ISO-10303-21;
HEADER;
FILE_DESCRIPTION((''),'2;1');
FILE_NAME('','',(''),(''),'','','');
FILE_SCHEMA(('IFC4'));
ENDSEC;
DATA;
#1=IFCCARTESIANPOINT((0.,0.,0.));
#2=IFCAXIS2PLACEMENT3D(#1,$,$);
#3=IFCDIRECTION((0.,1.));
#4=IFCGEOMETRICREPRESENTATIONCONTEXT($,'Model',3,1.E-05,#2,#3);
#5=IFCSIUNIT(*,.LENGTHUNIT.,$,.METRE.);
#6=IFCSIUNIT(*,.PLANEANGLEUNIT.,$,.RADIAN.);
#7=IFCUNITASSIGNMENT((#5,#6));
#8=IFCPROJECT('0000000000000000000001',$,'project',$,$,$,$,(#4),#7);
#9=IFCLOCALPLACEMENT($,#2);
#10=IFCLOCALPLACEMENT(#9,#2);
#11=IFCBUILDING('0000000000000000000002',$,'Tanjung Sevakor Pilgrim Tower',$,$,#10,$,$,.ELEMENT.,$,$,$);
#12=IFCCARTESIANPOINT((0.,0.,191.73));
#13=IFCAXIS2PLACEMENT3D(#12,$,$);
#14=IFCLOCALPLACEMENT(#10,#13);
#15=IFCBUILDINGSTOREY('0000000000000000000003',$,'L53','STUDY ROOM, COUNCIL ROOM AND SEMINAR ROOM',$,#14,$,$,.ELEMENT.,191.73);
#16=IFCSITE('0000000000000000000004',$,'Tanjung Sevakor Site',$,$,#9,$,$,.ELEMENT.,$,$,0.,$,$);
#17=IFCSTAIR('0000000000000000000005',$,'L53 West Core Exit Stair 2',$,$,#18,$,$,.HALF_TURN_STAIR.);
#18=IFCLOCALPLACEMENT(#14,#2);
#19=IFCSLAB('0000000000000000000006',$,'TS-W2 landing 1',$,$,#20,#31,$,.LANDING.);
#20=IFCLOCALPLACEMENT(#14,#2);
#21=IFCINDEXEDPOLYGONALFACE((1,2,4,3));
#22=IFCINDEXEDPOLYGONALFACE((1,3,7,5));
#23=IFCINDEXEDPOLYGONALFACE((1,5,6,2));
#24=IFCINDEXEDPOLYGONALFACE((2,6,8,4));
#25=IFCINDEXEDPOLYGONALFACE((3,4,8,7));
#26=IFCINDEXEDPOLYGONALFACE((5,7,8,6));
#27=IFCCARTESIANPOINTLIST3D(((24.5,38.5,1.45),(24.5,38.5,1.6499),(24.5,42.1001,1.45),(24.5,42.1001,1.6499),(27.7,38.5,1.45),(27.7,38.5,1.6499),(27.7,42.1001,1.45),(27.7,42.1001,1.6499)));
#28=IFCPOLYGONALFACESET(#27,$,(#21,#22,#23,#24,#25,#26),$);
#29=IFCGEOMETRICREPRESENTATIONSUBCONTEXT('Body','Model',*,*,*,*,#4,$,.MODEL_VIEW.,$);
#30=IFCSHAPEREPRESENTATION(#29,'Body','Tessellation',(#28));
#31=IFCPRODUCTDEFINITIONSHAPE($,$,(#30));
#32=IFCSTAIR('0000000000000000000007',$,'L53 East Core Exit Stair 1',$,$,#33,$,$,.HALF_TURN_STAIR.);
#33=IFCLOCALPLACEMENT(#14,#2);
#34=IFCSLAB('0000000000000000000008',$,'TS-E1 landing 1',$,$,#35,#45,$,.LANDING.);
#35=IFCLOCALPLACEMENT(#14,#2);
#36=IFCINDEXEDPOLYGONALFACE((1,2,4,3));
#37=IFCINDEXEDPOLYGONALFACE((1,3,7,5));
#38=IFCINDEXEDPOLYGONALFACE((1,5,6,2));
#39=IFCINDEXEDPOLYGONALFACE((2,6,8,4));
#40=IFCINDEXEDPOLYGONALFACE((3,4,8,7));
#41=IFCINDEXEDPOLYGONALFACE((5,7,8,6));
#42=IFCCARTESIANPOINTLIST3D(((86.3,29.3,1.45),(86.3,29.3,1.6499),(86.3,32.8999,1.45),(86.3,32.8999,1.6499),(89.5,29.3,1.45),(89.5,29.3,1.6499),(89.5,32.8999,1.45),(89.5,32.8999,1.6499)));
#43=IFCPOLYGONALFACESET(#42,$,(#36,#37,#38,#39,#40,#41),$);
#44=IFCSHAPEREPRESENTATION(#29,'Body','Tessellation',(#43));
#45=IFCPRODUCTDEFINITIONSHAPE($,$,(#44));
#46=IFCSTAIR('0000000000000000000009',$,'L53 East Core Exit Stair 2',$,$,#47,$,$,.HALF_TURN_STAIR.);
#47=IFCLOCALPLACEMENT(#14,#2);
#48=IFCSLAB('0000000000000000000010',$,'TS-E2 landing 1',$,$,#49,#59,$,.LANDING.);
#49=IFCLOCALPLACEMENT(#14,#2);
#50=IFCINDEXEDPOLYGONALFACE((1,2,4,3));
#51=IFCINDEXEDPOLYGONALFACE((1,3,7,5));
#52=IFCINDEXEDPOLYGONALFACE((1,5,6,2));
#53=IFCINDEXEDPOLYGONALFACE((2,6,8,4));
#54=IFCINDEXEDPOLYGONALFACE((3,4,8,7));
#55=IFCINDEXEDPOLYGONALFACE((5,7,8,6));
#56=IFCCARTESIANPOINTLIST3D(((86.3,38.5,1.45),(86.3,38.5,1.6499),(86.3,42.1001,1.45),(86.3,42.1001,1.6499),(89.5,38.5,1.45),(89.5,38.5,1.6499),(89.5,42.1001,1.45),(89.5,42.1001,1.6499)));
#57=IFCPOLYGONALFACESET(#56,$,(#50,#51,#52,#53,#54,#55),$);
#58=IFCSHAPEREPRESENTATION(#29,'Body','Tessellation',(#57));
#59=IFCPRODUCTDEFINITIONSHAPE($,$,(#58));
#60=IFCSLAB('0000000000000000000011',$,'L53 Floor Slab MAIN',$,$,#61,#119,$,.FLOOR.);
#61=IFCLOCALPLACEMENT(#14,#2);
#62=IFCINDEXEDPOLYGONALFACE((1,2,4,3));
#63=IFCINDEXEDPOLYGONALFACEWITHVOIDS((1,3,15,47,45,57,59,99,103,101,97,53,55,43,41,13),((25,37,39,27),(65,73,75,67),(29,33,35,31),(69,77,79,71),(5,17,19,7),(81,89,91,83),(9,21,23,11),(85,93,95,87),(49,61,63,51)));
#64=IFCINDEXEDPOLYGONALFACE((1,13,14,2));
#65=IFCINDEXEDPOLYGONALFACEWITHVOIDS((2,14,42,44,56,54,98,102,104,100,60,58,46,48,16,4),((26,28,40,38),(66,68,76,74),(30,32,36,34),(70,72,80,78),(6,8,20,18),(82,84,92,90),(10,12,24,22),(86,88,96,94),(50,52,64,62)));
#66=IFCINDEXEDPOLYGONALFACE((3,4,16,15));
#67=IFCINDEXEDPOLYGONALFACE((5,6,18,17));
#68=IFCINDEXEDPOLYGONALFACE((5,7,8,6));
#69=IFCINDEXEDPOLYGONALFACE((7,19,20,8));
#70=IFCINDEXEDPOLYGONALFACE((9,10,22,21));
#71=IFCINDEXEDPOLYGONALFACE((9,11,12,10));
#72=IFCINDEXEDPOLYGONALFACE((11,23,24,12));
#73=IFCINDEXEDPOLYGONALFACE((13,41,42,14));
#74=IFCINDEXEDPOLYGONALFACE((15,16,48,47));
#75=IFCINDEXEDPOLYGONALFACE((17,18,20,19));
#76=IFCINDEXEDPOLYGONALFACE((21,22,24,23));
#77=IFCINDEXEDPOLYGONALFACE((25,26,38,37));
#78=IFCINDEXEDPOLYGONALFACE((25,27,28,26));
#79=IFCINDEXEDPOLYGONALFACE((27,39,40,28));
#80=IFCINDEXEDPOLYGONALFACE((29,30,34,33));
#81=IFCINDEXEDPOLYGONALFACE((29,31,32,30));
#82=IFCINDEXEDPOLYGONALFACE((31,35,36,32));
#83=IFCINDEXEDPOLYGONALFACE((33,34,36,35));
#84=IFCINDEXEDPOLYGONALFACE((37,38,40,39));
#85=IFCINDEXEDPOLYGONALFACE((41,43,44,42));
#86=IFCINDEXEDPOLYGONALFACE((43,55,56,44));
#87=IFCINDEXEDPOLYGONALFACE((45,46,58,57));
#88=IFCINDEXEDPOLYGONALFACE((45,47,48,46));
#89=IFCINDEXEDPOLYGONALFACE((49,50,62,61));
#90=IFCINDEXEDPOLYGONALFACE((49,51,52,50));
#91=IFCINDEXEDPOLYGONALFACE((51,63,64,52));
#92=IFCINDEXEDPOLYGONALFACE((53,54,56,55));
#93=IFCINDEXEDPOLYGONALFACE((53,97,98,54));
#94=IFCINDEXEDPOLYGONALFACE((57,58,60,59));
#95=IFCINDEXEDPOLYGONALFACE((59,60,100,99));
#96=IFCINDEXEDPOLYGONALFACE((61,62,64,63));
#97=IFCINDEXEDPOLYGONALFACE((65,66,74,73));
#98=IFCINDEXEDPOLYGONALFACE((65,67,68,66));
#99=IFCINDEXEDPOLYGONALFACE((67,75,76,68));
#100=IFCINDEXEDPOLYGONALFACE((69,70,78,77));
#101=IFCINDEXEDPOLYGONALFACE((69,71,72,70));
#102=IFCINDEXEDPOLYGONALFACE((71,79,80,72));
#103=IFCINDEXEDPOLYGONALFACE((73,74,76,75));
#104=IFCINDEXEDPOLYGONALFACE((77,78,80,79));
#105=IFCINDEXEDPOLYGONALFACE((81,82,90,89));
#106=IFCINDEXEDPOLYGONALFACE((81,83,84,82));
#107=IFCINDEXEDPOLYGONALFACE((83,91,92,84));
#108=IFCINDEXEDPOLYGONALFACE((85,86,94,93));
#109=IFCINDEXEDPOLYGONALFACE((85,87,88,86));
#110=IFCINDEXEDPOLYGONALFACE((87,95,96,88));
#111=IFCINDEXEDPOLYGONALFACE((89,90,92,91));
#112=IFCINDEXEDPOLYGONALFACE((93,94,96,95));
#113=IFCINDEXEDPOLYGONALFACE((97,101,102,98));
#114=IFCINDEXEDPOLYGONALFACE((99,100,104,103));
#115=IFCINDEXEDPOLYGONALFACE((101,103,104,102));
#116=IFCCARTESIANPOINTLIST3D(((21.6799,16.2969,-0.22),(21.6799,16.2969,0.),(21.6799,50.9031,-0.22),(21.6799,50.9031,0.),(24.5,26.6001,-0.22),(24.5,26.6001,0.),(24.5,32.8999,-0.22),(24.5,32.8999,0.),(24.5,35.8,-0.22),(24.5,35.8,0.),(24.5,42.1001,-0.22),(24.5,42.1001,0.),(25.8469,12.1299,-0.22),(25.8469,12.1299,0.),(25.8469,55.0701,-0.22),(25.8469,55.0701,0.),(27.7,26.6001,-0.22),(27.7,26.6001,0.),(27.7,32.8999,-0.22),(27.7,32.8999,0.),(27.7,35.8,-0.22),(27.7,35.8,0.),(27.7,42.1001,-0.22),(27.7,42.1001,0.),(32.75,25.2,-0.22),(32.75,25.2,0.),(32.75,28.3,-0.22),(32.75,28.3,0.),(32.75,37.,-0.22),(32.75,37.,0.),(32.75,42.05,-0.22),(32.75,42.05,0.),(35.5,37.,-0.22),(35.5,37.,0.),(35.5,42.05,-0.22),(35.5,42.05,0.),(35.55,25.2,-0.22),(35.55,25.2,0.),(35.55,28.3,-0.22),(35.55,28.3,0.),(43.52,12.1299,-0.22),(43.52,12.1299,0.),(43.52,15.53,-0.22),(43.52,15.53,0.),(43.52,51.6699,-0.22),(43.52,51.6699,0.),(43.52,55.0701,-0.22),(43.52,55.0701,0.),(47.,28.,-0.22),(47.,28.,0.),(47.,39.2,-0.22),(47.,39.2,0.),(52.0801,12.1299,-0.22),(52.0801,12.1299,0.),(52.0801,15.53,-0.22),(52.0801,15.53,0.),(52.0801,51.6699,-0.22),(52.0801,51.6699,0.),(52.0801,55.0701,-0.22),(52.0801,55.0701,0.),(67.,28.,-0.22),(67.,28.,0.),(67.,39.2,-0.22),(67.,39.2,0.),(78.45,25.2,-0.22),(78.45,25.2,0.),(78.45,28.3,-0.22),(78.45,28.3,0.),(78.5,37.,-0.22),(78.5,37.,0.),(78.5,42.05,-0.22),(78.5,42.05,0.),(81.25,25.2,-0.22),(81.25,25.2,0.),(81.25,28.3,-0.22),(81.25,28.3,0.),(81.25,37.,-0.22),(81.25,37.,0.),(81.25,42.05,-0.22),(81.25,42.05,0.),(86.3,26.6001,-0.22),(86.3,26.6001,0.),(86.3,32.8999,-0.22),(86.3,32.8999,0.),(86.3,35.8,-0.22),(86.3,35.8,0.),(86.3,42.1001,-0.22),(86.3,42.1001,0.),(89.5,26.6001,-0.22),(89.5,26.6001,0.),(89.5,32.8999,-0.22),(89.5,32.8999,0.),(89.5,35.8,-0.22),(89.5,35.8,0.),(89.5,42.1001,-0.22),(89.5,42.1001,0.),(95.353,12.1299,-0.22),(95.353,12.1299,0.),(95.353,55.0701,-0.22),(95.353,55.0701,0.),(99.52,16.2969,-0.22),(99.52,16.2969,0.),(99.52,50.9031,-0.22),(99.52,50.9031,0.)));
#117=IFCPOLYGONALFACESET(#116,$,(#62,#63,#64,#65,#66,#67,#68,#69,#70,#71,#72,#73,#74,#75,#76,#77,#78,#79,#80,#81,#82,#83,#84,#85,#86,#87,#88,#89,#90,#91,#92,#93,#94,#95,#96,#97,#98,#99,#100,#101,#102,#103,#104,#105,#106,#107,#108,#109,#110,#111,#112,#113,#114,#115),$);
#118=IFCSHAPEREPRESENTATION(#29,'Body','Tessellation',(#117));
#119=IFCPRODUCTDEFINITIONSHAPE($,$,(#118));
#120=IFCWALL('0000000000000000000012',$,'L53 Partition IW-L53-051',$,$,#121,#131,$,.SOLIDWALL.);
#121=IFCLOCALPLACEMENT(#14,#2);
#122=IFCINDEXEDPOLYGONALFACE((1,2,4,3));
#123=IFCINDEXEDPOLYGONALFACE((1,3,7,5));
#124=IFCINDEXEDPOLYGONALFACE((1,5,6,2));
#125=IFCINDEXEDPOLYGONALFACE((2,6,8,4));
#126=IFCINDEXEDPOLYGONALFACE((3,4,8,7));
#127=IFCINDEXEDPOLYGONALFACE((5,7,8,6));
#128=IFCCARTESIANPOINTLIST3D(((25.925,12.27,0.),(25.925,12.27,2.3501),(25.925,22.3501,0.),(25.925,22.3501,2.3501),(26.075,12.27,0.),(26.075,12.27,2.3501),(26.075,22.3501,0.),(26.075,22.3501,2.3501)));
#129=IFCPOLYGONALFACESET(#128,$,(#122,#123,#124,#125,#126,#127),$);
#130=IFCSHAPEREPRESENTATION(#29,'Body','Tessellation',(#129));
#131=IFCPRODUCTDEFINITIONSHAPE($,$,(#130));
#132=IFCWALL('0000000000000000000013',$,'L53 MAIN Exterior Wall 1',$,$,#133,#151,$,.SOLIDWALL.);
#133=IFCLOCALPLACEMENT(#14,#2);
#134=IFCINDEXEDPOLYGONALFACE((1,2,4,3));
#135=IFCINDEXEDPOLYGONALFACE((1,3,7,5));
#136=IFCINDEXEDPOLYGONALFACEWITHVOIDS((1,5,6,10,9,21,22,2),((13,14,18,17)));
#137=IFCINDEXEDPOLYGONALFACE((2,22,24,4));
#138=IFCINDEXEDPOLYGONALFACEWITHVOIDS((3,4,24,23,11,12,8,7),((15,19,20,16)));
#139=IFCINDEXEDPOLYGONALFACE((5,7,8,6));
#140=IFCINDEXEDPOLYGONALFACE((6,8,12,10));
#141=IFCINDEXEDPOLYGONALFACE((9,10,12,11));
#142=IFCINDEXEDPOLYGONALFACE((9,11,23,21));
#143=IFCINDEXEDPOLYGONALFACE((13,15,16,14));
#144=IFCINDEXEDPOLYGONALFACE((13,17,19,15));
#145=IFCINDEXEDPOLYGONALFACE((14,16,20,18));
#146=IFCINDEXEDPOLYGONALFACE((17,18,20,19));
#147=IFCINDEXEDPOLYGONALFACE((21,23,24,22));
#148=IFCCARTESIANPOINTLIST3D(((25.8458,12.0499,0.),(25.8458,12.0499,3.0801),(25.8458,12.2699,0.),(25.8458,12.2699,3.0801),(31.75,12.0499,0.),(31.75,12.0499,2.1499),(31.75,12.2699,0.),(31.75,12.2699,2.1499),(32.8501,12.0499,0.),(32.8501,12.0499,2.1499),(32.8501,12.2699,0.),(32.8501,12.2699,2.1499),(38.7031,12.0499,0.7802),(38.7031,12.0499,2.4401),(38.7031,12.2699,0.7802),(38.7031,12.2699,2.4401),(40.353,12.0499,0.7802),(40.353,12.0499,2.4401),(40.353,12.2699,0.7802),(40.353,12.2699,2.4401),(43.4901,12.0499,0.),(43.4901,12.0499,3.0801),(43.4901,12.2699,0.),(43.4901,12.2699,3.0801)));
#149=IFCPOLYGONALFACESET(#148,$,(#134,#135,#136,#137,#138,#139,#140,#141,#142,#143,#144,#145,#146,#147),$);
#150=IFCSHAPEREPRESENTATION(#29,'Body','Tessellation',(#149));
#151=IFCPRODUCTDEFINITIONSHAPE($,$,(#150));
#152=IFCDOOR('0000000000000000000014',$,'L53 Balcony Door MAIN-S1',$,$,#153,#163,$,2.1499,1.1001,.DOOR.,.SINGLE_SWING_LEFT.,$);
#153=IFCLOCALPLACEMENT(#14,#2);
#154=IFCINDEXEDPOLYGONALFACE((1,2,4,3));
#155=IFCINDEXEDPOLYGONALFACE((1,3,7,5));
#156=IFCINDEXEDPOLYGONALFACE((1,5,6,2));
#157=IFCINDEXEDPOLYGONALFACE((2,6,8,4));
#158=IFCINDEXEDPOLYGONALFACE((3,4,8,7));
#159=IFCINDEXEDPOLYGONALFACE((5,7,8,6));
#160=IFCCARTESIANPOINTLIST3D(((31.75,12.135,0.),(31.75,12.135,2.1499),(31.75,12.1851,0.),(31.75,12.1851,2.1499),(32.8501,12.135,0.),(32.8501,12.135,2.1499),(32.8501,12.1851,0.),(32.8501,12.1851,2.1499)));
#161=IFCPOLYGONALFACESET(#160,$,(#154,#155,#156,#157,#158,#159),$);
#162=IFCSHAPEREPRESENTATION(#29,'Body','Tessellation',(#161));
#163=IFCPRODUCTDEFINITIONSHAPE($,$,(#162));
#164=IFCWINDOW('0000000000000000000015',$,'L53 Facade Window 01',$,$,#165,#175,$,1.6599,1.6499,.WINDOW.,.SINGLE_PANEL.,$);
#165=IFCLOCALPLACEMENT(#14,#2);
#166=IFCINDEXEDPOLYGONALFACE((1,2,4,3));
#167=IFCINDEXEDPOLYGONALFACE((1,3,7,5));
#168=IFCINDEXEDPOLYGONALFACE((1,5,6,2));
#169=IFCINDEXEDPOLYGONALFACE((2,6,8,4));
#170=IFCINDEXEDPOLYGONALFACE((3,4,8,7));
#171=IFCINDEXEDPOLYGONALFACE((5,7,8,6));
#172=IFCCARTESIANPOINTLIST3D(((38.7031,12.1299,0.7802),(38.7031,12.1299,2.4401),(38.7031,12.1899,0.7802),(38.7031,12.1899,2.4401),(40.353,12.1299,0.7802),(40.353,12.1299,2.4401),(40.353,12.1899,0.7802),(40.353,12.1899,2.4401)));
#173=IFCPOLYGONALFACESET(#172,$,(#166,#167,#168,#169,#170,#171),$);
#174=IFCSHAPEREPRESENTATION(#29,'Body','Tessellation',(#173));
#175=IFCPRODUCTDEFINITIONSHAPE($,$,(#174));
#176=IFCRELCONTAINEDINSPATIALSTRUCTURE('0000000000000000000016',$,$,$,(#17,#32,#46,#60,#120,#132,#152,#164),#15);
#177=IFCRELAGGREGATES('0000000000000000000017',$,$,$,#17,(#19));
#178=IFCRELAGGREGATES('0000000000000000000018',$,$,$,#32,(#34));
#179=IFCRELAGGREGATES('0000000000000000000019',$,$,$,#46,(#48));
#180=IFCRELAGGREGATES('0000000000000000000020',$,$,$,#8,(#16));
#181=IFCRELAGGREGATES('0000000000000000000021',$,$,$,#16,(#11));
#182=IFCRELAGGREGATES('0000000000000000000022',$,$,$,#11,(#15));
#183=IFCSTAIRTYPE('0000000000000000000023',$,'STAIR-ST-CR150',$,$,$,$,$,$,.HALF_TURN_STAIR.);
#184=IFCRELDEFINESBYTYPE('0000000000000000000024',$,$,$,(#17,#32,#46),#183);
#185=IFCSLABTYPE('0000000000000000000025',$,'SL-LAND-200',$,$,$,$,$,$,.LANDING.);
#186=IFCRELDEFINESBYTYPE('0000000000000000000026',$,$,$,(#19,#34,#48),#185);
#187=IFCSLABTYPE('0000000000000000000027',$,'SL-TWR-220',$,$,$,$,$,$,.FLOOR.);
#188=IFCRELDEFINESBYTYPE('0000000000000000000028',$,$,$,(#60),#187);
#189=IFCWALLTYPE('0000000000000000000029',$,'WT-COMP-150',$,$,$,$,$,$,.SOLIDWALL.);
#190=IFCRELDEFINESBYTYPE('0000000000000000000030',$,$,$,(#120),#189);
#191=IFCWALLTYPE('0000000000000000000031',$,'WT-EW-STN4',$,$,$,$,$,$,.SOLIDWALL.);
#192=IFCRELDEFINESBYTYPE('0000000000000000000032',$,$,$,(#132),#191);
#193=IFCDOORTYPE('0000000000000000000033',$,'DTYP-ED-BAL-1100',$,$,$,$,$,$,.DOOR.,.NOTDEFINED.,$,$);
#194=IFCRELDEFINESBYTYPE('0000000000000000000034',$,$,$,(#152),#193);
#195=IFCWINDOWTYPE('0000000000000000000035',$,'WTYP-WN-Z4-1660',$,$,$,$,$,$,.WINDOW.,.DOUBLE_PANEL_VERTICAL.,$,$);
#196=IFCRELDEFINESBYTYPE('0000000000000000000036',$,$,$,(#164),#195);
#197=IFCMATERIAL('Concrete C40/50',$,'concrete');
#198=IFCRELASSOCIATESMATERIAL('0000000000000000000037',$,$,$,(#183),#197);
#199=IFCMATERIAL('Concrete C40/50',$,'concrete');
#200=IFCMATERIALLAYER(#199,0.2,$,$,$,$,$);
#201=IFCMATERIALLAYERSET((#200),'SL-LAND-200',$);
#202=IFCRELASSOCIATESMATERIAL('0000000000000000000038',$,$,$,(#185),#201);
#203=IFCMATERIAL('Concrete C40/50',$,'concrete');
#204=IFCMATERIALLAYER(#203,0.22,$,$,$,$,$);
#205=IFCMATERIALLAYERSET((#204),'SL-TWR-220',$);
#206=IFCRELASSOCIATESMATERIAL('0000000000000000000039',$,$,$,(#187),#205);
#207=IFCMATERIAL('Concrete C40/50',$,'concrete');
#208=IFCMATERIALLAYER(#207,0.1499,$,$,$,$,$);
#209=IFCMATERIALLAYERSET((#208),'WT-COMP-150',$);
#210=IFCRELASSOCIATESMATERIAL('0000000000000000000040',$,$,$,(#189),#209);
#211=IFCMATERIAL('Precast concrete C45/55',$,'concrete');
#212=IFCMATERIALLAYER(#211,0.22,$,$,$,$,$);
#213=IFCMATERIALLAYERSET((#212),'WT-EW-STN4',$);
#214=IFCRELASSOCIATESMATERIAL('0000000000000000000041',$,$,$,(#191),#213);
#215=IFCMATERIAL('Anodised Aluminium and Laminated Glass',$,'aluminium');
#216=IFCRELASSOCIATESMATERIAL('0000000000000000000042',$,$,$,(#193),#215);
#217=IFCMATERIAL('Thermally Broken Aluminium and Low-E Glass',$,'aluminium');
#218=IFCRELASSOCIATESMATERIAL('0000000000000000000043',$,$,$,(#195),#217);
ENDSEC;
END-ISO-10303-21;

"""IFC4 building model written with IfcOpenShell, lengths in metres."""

from ifc_helpers import new_model, si_unit, direction, frame, frame_2d, origin, place, context, subcontext, project, spatial, polyline, rectangle, outline, extrude, material, layer, layer_set, type_object, element, fill, aggregate, save


model = new_model("IFC4")

# Units and contexts
model_context = context("Model", 3, precision=1e-05, world=origin(), true_north=direction((0.0, 1.0)))
body_context = subcontext(model_context, "Body", "Model", "MODEL_VIEW")
ifc_project = project(units=[si_unit("LENGTHUNIT", "METRE"), si_unit("PLANEANGLEUNIT", "RADIAN")], contexts=[model_context])

# Site, building, storey
site_placement = place(None, origin())
site = spatial("IfcSite", under=ifc_project, at=site_placement, Name="Tanjung Sevakor Site", CompositionType="ELEMENT", RefElevation=0.0)
building_placement = place(site_placement, origin())
building = spatial("IfcBuilding", under=site, at=building_placement, Name="Tanjung Sevakor Pilgrim Tower", CompositionType="ELEMENT")
storey_placement = place(building_placement, frame((0.0, 0.0, 191.73)))
storey = spatial("IfcBuildingStorey", under=building, at=storey_placement, Name="L53", Description="STUDY ROOM, COUNCIL ROOM AND SEMINAR ROOM", CompositionType="ELEMENT", Elevation=191.73)

# Stairs, slabs
ifc_material_1 = material(Name="Concrete C40/50", Category="concrete")
stair_type = type_object("IfcStairType", Name="STAIR-ST-CR150", PredefinedType="HALF_TURN_STAIR", material=ifc_material_1)
ifc_material_2 = material(Name="Concrete C40/50", Category="concrete")
ifc_layer_1 = layer(ifc_material_2, 0.2)
ifc_layer_set_1 = layer_set([ifc_layer_1], Name="SL-LAND-200")
slab_type_1 = type_object("IfcSlabType", Name="SL-LAND-200", PredefinedType="LANDING", material=ifc_layer_set_1)
stair_1_placement = place(storey_placement, origin())
stair_1 = element("IfcStair", 1, at=stair_1_placement, inside=storey, type_object=stair_type, Name="L53 West Core Exit Stair 2", PredefinedType="HALF_TURN_STAIR")
slab_1_placement = place(storey_placement, frame((0.0, 0.0, 1.45)))
slab_1 = element("IfcSlab", 2, at=slab_1_placement, type_object=slab_type_1, Name="TS-W2 landing 1", PredefinedType="LANDING", context=body_context, shape_type="SweptSolid", body=[
    extrude(outline(polyline([(27.7, 38.5), (27.7, 42.1001), (24.5, 42.1001), (24.5, 38.5), (27.7, 38.5)])), origin(), (0.0, 0.0, 1.0), 0.2),
])
aggregate(stair_1, [slab_1])
stair_2_placement = place(storey_placement, origin())
stair_2 = element("IfcStair", 3, at=stair_2_placement, inside=storey, type_object=stair_type, Name="L53 East Core Exit Stair 1", PredefinedType="HALF_TURN_STAIR")
slab_2_placement = place(storey_placement, frame((0.0, 0.0, 1.45)))
slab_2 = element("IfcSlab", 4, at=slab_2_placement, type_object=slab_type_1, Name="TS-E1 landing 1", PredefinedType="LANDING", context=body_context, shape_type="SweptSolid", body=[
    extrude(outline(polyline([(89.5, 29.3), (89.5, 32.8999), (86.3, 32.8999), (86.3, 29.3), (89.5, 29.3)])), origin(), (0.0, 0.0, 1.0), 0.2),
])
aggregate(stair_2, [slab_2])
stair_3_placement = place(storey_placement, origin())
stair_3 = element("IfcStair", 5, at=stair_3_placement, inside=storey, type_object=stair_type, Name="L53 East Core Exit Stair 2", PredefinedType="HALF_TURN_STAIR")
slab_3_placement = place(storey_placement, frame((0.0, 0.0, 1.45)))
slab_3 = element("IfcSlab", 6, at=slab_3_placement, type_object=slab_type_1, Name="TS-E2 landing 1", PredefinedType="LANDING", context=body_context, shape_type="SweptSolid", body=[
    extrude(outline(polyline([(89.5, 38.5), (89.5, 42.1001), (86.3, 42.1001), (86.3, 38.5), (89.5, 38.5)])), origin(), (0.0, 0.0, 1.0), 0.2),
])
aggregate(stair_3, [slab_3])

# Slab
ifc_material_3 = material(Name="Concrete C40/50", Category="concrete")
ifc_layer_2 = layer(ifc_material_3, 0.22)
ifc_layer_set_2 = layer_set([ifc_layer_2], Name="SL-TWR-220")
slab_type_2 = type_object("IfcSlabType", Name="SL-TWR-220", PredefinedType="FLOOR", material=ifc_layer_set_2)
slab_4_placement = place(storey_placement, frame((0.0, 0.0, -0.22)))
element("IfcSlab", 7, at=slab_4_placement, inside=storey, type_object=slab_type_2, Name="L53 Floor Slab MAIN", PredefinedType="FLOOR", context=body_context, shape_type="SweptSolid", body=[
    extrude(outline(polyline([(25.8469, 12.1299), (43.52, 12.1299), (43.52, 15.53), (52.0801, 15.53), (52.0801, 12.1299), (95.353, 12.1299), (99.52, 16.2969), (99.52, 50.9031), (95.353, 55.0701), (52.0801, 55.0701), (52.0801, 51.6699), (43.52, 51.6699), (43.52, 55.0701), (25.8469, 55.0701), (21.6799, 50.9031), (21.6799, 16.2969), (25.8469, 12.1299)]), holes=[polyline([(27.7, 26.6001), (27.7, 32.8999), (24.5, 32.8999), (24.5, 26.6001), (27.7, 26.6001)]), polyline([(27.7, 35.8), (27.7, 42.1001), (24.5, 42.1001), (24.5, 35.8), (27.7, 35.8)]), polyline([(89.5, 26.6001), (89.5, 32.8999), (86.3, 32.8999), (86.3, 26.6001), (89.5, 26.6001)]), polyline([(89.5, 35.8), (89.5, 42.1001), (86.3, 42.1001), (86.3, 35.8), (89.5, 35.8)]), polyline([(32.75, 25.2), (35.55, 25.2), (35.55, 28.3), (32.75, 28.3), (32.75, 25.2)]), polyline([(32.75, 37.0), (35.5, 37.0), (35.5, 42.05), (32.75, 42.05), (32.75, 37.0)]), polyline([(78.45, 25.2), (81.25, 25.2), (81.25, 28.3), (78.45, 28.3), (78.45, 25.2)]), polyline([(78.5, 37.0), (81.25, 37.0), (81.25, 42.05), (78.5, 42.05), (78.5, 37.0)]), polyline([(47.0, 28.0), (67.0, 28.0), (67.0, 39.2), (47.0, 39.2), (47.0, 28.0)])]), origin(), (0.0, 0.0, 1.0), 0.22),
])

# Wall
ifc_material_4 = material(Name="Concrete C40/50", Category="concrete")
ifc_layer_3 = layer(ifc_material_4, 0.1499)
ifc_layer_set_3 = layer_set([ifc_layer_3], Name="WT-COMP-150")
wall_type_1 = type_object("IfcWallType", Name="WT-COMP-150", PredefinedType="SOLIDWALL", material=ifc_layer_set_3)
wall_1_placement = place(storey_placement, frame((26.0, 12.27, 0.0), z_axis=(0.0, 0.0, 1.0), x_axis=(0.0, 1.0, 0.0)))
element("IfcWall", 8, at=wall_1_placement, inside=storey, type_object=wall_type_1, Name="L53 Partition IW-L53-051", PredefinedType="SOLIDWALL", context=body_context, shape_type="SweptSolid", body=[
    extrude(rectangle(XDim=10.0801, YDim=0.1499, at=frame_2d((5.04, 0.0))), origin(), (0.0, 0.0, 1.0), 2.3501),
])

# Wall, openings, door, window
ifc_material_5 = material(Name="Precast concrete C45/55", Category="concrete")
ifc_layer_4 = layer(ifc_material_5, 0.22)
ifc_layer_set_4 = layer_set([ifc_layer_4], Name="WT-EW-STN4")
wall_type_2 = type_object("IfcWallType", Name="WT-EW-STN4", PredefinedType="SOLIDWALL", material=ifc_layer_set_4)
wall_2_placement = place(storey_placement, frame((25.8457, 12.1599, 0.0), z_axis=(0.0, 0.0, 1.0), x_axis=(1.0, 0.0, 0.0)))
wall_2 = element("IfcWall", 9, at=wall_2_placement, inside=storey, type_object=wall_type_2, Name="L53 MAIN Exterior Wall 1", PredefinedType="SOLIDWALL", context=body_context, shape_type="SweptSolid", body=[
    extrude(rectangle(XDim=17.6443, YDim=0.22, at=frame_2d((8.8223, 0.0))), origin(), (0.0, 0.0, 1.0), 3.0801),
])
opening_1_placement = place(wall_2_placement, frame((5.9043, 0.0, 0.0)))
opening_1 = element("IfcOpeningElement", 10, at=opening_1_placement, cuts=wall_2, PredefinedType="OPENING", context=body_context, shape_type="SweptSolid", body=[
    extrude(rectangle(XDim=1.1001, YDim=2.1499, at=frame_2d((0.55, 1.075))), frame((0.0, 0.1199, 0.0), z_axis=(0.0, -1.0, 0.0), x_axis=(1.0, 0.0, 0.0)), (0.0, 0.0, 1.0), 0.24),
])
opening_2_placement = place(wall_2_placement, frame((12.8574, 0.0, 0.78)))
opening_2 = element("IfcOpeningElement", 11, at=opening_2_placement, cuts=wall_2, PredefinedType="OPENING", context=body_context, shape_type="SweptSolid", body=[
    extrude(rectangle(XDim=1.6499, YDim=1.6599, at=frame_2d((0.825, 0.8301))), frame((0.0, 0.1199, 0.0), z_axis=(0.0, -1.0, 0.0), x_axis=(1.0, 0.0, 0.0)), (0.0, 0.0, 1.0), 0.24),
])
ifc_material_6 = material(Name="Anodised Aluminium and Laminated Glass", Category="aluminium")
door_type = type_object("IfcDoorType", Name="DTYP-ED-BAL-1100", OperationType="NOTDEFINED", PredefinedType="DOOR", material=ifc_material_6)
door_placement = place(opening_1_placement, frame((1.1001, 0.0, 0.0), z_axis=(0.0, 0.0, 1.0), x_axis=(-1.0, 0.0, 0.0)))
door = element("IfcDoor", 12, at=door_placement, inside=storey, type_object=door_type, Name="L53 Balcony Door MAIN-S1", OperationType="SINGLE_SWING_LEFT", OverallHeight=2.1499, OverallWidth=1.1001, PredefinedType="DOOR", context=body_context, shape_type="SweptSolid", body=[
    extrude(rectangle(XDim=1.1001, YDim=2.1499, at=frame_2d((0.55, 1.075))), frame((0.0, 0.0249, 0.0), z_axis=(0.0, -1.0, 0.0), x_axis=(1.0, 0.0, 0.0)), (0.0, 0.0, 1.0), 0.05),
])
fill(opening_1, door)
ifc_material_7 = material(Name="Thermally Broken Aluminium and Low-E Glass", Category="aluminium")
window_type_1 = type_object("IfcWindowType", Name="WTYP-WN-Z4-1660", PartitioningType="DOUBLE_PANEL_VERTICAL", PredefinedType="WINDOW", material=ifc_material_7)
window_1_placement = place(opening_2_placement, origin())
window_1 = element("IfcWindow", 13, at=window_1_placement, inside=storey, type_object=window_type_1, Name="L53 Facade Window 01", OverallHeight=1.6599, OverallWidth=1.6499, PartitioningType="SINGLE_PANEL", PredefinedType="WINDOW", context=body_context, shape_type="SweptSolid", body=[
    extrude(rectangle(XDim=1.6499, YDim=1.6599, at=frame_2d((0.825, 0.8301))), frame((0.0, 0.03, 0.0), z_axis=(0.0, -1.0, 0.0), x_axis=(1.0, 0.0, 0.0)), (0.0, 0.0, 1.0), 0.0601),
])
fill(opening_2, window_1)

save(model, "model.ifc")
